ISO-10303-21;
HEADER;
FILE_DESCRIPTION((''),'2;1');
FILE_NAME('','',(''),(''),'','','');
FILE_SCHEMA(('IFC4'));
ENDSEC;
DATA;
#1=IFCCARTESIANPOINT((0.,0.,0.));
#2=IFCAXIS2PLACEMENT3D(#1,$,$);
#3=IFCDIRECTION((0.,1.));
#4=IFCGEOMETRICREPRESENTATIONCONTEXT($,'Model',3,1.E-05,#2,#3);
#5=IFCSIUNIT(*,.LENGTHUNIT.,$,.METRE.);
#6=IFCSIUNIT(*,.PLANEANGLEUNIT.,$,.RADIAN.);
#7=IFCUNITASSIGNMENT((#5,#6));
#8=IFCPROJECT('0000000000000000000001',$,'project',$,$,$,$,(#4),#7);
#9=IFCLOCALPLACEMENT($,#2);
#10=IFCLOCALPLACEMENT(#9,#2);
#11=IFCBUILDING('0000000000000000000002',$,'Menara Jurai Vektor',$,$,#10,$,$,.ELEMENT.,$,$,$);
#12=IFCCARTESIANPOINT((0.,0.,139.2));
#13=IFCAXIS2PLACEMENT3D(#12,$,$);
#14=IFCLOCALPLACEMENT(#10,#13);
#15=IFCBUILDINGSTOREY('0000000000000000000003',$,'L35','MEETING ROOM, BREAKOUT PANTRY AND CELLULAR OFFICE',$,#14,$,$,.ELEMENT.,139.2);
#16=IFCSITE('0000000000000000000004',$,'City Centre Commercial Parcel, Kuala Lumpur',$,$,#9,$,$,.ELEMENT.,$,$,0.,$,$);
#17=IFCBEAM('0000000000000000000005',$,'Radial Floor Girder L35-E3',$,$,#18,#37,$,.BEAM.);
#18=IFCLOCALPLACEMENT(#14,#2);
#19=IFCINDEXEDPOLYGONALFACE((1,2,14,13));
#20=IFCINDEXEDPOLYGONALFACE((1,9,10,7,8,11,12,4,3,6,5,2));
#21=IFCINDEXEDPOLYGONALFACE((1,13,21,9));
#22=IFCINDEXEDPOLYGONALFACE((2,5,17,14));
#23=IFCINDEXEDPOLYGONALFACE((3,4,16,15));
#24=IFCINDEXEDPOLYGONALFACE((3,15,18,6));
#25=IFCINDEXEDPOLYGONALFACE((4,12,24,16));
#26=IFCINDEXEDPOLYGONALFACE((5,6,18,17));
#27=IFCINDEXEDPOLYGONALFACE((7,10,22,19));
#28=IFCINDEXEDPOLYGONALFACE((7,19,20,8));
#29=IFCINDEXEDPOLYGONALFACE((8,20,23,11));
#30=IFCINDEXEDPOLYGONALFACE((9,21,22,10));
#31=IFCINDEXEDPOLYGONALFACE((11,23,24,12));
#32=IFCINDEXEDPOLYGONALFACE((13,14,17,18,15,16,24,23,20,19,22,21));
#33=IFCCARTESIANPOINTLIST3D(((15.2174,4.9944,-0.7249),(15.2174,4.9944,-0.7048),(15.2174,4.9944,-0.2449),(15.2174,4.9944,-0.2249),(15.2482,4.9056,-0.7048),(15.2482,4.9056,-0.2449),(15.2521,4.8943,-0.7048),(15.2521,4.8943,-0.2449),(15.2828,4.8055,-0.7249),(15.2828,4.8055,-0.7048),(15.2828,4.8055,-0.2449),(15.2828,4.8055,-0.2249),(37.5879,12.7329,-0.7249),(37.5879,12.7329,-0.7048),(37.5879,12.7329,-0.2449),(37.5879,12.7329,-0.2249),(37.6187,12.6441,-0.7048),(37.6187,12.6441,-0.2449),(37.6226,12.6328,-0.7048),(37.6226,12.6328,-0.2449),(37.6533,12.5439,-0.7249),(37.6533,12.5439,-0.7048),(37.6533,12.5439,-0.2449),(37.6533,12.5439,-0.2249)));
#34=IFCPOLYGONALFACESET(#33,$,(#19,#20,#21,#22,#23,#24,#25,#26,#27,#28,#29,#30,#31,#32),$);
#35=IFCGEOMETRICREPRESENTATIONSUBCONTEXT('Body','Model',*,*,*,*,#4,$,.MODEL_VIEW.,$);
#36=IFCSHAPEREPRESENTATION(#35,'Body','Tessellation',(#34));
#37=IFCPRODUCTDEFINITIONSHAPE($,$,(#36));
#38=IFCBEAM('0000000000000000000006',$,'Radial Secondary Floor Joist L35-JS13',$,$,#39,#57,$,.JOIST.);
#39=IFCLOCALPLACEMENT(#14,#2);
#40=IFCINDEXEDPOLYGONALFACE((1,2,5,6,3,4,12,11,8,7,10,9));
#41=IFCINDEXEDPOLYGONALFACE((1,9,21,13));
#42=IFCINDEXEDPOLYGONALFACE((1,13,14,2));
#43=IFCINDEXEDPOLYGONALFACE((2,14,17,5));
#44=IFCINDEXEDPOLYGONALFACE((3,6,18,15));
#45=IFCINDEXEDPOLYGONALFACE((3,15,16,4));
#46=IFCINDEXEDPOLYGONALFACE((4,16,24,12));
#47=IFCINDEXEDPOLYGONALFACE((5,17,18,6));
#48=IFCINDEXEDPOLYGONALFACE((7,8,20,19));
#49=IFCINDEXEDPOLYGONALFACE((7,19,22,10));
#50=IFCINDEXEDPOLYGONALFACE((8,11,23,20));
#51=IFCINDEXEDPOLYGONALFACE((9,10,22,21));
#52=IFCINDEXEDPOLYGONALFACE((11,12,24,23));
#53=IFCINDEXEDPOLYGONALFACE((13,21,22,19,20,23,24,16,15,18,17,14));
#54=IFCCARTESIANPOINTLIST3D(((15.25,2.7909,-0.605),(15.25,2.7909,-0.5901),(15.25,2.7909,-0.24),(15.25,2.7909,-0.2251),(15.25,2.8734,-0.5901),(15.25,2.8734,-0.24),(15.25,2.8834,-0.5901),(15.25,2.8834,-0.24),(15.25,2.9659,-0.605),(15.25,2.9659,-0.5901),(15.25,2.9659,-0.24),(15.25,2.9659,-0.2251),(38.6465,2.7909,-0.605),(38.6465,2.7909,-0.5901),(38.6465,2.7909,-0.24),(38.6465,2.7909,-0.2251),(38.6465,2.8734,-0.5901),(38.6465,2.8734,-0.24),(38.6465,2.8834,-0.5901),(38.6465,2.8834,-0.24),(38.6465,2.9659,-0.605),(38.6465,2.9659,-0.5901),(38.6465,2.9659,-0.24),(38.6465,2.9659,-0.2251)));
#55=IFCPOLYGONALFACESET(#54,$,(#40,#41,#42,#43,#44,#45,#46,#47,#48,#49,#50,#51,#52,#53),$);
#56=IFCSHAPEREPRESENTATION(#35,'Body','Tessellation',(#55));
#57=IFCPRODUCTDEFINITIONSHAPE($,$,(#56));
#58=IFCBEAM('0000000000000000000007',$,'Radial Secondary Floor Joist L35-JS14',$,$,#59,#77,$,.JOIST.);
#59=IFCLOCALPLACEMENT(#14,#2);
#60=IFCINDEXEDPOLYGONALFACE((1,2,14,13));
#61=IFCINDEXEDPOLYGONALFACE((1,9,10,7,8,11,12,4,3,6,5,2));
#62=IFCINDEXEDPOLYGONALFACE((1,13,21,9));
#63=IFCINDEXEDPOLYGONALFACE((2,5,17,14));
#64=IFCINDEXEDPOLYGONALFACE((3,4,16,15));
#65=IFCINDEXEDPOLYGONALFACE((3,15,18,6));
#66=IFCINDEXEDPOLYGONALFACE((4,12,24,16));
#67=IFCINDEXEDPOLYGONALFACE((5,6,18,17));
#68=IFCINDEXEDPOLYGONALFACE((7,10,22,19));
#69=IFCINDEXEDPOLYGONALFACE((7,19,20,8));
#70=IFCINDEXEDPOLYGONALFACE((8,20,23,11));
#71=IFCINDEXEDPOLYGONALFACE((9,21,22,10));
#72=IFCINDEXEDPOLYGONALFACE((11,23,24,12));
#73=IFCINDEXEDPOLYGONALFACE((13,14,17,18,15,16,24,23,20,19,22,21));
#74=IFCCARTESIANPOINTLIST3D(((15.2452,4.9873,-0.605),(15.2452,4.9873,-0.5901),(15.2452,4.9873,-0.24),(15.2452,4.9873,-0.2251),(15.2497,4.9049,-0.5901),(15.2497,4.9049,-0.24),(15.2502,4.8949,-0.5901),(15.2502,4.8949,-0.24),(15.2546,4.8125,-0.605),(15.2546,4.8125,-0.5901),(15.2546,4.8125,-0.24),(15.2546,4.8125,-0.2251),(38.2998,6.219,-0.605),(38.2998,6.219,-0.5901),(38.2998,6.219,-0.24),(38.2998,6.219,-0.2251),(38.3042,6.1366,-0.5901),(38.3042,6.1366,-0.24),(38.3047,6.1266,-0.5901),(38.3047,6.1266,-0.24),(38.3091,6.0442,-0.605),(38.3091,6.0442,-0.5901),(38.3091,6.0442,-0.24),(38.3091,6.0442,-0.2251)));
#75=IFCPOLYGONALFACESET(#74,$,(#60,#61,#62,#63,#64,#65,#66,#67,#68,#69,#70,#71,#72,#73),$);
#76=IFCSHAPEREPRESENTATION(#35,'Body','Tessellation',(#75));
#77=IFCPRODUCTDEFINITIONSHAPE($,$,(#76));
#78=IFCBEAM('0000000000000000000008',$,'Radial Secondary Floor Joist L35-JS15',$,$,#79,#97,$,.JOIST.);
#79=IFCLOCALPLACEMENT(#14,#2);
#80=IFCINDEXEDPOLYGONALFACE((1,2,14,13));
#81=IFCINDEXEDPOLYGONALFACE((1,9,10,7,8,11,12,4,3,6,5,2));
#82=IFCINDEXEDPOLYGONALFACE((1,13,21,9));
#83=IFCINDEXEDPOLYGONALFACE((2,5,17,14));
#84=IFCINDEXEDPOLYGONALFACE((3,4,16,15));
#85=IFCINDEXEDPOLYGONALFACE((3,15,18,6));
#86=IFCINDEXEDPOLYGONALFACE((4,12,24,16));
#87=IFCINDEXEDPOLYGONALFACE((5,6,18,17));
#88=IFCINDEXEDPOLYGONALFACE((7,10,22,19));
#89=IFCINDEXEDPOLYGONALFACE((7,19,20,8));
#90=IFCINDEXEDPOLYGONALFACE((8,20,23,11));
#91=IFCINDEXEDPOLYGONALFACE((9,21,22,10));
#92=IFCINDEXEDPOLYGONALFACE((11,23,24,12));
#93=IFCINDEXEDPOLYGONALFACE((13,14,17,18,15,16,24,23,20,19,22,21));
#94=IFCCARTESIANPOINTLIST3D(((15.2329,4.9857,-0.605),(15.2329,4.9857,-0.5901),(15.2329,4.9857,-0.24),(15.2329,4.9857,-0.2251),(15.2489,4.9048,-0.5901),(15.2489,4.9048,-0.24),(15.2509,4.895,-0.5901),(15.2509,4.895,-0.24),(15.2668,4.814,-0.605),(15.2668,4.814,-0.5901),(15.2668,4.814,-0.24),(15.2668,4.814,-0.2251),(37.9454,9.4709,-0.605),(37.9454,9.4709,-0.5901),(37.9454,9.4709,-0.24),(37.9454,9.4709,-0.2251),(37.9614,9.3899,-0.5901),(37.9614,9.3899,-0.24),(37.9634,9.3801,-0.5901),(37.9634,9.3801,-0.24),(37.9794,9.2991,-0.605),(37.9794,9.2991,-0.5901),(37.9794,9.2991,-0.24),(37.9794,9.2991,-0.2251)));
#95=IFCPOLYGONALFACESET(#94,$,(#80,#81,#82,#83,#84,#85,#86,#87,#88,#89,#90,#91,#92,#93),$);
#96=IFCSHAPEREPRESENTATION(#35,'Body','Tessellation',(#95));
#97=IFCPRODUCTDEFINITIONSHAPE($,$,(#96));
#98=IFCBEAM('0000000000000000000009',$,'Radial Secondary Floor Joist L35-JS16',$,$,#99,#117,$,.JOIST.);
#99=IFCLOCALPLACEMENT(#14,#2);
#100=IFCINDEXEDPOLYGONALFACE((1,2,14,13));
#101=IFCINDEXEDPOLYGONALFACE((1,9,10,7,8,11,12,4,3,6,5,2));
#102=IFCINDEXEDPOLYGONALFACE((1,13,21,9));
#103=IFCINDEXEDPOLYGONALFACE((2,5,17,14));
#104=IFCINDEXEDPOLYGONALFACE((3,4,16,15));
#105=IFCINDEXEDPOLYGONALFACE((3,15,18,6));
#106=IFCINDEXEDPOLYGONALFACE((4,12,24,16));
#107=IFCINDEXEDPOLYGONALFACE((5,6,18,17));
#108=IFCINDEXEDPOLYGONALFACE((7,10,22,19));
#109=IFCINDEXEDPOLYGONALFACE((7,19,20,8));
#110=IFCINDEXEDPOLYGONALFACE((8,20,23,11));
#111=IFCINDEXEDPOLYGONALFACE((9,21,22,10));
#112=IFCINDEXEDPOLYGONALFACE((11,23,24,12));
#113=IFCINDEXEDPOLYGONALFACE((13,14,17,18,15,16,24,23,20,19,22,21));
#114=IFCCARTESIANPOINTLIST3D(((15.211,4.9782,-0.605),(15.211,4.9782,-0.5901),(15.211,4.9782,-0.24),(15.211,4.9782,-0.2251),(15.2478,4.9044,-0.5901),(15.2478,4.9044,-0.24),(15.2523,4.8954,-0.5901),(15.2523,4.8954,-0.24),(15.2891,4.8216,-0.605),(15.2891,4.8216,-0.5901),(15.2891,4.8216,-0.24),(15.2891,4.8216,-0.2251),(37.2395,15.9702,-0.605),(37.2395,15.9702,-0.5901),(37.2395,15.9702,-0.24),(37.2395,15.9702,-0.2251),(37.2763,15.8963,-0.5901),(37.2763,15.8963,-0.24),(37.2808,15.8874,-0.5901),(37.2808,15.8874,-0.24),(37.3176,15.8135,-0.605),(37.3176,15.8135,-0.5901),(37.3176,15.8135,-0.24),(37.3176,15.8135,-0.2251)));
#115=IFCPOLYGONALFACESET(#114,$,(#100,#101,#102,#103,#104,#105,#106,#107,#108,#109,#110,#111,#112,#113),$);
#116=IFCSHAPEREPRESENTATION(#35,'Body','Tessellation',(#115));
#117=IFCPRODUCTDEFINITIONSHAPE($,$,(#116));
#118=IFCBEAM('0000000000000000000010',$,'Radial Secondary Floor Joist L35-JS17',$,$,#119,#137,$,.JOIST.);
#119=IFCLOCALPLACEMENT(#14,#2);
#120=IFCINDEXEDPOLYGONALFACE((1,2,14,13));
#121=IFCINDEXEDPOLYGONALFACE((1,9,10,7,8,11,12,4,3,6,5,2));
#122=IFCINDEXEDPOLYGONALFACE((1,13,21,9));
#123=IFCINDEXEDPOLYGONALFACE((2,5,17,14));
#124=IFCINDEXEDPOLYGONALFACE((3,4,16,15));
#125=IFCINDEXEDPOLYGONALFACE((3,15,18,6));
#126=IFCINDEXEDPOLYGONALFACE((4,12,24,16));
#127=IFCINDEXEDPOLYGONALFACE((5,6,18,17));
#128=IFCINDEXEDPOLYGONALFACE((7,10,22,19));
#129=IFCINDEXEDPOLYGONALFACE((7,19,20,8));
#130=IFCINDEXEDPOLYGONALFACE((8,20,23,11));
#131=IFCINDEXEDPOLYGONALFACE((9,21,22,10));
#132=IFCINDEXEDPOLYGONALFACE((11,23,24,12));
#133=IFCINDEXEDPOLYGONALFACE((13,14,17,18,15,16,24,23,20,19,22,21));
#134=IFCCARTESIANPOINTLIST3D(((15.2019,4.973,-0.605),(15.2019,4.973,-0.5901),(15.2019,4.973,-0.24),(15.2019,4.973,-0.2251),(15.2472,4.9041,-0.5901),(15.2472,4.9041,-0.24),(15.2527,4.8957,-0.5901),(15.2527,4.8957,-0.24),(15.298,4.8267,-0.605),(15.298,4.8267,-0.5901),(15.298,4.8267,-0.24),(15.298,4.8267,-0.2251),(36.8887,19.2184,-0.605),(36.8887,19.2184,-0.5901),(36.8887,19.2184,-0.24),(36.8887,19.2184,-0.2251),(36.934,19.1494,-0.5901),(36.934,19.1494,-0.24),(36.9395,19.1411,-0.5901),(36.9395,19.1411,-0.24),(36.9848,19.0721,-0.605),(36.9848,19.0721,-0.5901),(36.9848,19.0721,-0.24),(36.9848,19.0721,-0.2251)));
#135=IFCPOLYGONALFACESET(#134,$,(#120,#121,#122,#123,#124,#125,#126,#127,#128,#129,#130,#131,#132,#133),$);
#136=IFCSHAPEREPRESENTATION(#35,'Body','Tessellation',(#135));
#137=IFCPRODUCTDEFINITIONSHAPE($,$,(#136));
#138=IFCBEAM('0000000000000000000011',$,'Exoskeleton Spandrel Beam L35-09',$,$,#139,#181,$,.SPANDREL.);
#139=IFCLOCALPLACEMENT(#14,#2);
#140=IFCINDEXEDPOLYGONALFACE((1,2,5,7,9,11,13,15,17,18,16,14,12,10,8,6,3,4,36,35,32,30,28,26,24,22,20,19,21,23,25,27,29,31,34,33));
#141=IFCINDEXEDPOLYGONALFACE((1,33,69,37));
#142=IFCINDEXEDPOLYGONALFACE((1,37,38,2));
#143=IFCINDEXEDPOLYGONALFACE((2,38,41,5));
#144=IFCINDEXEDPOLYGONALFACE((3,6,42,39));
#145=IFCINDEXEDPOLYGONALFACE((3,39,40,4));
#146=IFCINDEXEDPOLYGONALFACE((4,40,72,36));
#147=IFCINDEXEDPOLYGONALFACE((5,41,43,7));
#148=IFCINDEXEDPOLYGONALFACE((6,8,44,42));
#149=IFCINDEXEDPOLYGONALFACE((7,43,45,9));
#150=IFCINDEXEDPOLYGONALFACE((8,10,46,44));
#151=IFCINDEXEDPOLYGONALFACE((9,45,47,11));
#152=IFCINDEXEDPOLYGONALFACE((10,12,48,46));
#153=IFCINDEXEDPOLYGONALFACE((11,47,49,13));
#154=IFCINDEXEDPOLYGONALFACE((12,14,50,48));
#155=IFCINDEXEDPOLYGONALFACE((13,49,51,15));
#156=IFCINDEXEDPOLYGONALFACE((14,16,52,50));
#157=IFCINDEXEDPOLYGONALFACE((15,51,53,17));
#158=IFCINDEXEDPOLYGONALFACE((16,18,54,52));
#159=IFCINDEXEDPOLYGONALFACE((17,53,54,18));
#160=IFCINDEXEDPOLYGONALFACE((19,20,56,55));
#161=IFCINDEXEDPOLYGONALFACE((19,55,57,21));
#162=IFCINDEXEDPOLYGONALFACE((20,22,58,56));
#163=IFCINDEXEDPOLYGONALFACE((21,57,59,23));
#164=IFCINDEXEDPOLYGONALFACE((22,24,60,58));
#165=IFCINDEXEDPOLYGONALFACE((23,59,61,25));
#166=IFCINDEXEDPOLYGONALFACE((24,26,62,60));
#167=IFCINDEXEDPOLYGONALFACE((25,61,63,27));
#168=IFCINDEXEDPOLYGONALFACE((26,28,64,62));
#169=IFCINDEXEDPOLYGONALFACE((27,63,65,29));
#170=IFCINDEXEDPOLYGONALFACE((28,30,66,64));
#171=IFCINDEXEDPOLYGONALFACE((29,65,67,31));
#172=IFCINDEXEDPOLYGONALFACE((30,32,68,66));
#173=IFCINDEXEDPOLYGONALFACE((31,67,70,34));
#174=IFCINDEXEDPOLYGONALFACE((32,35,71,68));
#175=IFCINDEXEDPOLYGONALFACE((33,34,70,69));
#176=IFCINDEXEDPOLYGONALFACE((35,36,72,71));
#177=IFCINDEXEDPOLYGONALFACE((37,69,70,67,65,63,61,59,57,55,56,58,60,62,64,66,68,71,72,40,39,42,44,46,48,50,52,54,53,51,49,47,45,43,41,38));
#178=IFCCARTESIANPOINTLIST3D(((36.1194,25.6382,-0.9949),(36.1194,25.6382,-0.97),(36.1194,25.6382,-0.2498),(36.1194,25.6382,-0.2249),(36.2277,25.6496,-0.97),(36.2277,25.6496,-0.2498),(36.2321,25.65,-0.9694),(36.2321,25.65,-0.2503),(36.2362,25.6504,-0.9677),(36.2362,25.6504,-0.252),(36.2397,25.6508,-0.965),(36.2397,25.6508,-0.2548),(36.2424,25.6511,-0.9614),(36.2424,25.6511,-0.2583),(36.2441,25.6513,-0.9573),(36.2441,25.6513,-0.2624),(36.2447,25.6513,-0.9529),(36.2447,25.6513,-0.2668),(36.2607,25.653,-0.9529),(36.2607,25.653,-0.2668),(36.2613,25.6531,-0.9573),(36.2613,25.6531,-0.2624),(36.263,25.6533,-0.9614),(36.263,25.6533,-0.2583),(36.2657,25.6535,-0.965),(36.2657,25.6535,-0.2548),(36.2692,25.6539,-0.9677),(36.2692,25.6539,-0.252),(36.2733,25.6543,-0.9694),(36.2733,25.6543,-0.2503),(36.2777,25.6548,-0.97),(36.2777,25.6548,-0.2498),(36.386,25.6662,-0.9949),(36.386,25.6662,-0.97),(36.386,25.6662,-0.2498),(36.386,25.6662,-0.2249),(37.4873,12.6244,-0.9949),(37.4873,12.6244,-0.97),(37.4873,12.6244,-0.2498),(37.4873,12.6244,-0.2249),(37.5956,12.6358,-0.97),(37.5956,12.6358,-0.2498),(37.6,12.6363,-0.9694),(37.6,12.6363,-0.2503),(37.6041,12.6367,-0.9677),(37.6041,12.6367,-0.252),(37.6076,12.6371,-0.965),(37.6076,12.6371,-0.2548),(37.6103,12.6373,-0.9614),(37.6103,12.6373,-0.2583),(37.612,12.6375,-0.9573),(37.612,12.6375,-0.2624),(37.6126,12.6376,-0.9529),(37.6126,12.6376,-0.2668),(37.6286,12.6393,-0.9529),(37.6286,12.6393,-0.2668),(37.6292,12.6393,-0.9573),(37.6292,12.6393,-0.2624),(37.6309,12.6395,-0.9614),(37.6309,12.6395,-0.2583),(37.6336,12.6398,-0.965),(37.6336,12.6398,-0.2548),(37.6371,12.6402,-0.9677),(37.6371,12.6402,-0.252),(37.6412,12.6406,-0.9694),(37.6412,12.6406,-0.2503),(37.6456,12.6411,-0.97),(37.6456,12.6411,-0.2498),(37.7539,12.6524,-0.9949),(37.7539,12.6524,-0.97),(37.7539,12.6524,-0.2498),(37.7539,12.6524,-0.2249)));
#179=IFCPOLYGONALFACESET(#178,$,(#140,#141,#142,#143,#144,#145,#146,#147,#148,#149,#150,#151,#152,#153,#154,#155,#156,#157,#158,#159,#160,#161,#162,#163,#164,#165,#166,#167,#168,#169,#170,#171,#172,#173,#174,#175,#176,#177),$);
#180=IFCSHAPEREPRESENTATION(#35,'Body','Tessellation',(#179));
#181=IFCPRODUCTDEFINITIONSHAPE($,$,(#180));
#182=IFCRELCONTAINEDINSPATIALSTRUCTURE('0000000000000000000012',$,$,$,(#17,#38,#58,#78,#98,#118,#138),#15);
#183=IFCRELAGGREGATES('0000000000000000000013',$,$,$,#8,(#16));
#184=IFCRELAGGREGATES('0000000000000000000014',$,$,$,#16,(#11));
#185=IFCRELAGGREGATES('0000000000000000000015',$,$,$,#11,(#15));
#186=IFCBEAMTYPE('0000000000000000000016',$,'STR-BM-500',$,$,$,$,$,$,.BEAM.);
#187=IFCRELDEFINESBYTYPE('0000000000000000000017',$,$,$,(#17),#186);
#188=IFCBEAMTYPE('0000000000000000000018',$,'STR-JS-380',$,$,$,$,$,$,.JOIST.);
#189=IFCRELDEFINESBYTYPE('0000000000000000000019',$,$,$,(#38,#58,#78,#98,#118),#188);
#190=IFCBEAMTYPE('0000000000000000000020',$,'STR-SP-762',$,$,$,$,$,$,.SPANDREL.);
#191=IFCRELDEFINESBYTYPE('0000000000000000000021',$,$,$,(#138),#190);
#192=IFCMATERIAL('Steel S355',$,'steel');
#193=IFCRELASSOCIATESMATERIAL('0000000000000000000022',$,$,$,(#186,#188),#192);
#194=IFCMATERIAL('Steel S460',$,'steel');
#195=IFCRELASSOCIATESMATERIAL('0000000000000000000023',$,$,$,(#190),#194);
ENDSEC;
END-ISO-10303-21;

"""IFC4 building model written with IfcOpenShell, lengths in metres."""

from ifc_helpers import new_model, si_unit, direction, frame, origin, origin_2d, place, context, subcontext, project, spatial, i_section, extrude, material, material_profile, profile_set, type_object, element, save


model = new_model("IFC4")

# Units and contexts
model_context = context("Model", 3, precision=1e-05, world=origin(), true_north=direction((0.0, 1.0)))
body_context = subcontext(model_context, "Body", "Model", "MODEL_VIEW")
ifc_project = project(units=[si_unit("LENGTHUNIT", "METRE"), si_unit("PLANEANGLEUNIT", "RADIAN")], contexts=[model_context])

# Site, building, storey
site_placement = place(None, origin())
site = spatial("IfcSite", under=ifc_project, at=site_placement, Name="City Centre Commercial Parcel, Kuala Lumpur", CompositionType="ELEMENT", RefElevation=0.0)
building_placement = place(site_placement, origin())
building = spatial("IfcBuilding", under=site, at=building_placement, Name="Menara Jurai Vektor", CompositionType="ELEMENT")
storey_placement = place(building_placement, frame((0.0, 0.0, 139.2)))
storey = spatial("IfcBuildingStorey", under=building, at=storey_placement, Name="L35", Description="MEETING ROOM, BREAKOUT PANTRY AND CELLULAR OFFICE", CompositionType="ELEMENT", Elevation=139.2)

# Shared definitions
ifc_material_1 = material(Name="Steel S460", Category="steel")

# Beams
ifc_material_2 = material(Name="Steel S355", Category="steel")
ifc_material_profile_1 = material_profile(ifc_material_2, i_section(OverallWidth=0.2, OverallDepth=0.5, WebThickness=0.012, FlangeThickness=0.02, at=origin_2d()), Name="PG 500x200x96")
ifc_profile_set_1 = profile_set([ifc_material_profile_1], Name="Steel S355")
beam_type_1 = type_object("IfcBeamType", Name="STR-BM-500", PredefinedType="BEAM", material=ifc_profile_set_1)
beam_1_placement = place(storey_placement, frame((37.6206, 12.6384, -0.4749), z_axis=(-0.945053, -0.326916, 0.0), x_axis=(0.326916, -0.945053, 0.0)))
element("IfcBeam", 1, at=beam_1_placement, inside=storey, type_object=beam_type_1, Name="Radial Floor Girder L35-E3", PredefinedType="BEAM", context=body_context, shape_type="SweptSolid", body=[
    extrude(i_section(OverallWidth=0.2, OverallDepth=0.5, WebThickness=0.012, FlangeThickness=0.02, at=origin_2d()), origin(), (0.0, 0.0, 1.0), 23.6711),
])
ifc_material_profile_2 = material_profile(ifc_material_2, i_section(OverallWidth=0.175, OverallDepth=0.3799, WebThickness=0.01, FlangeThickness=0.0149, at=origin_2d()), Name="PG 380x175x58")
ifc_profile_set_2 = profile_set([ifc_material_profile_2], Name="Steel S355")
beam_type_2 = type_object("IfcBeamType", Name="STR-JS-380", PredefinedType="JOIST", material=ifc_profile_set_2)
beam_2_placement = place(storey_placement, frame((38.6465, 2.8784, -0.415), z_axis=(-1.0, 0.0, 0.0), x_axis=(0.0, -1.0, 0.0)))
element("IfcBeam", 2, at=beam_2_placement, inside=storey, type_object=beam_type_2, Name="Radial Secondary Floor Joist L35-JS13", PredefinedType="JOIST", context=body_context, shape_type="SweptSolid", body=[
    extrude(i_section(OverallWidth=0.175, OverallDepth=0.3799, WebThickness=0.01, FlangeThickness=0.0149, at=origin_2d()), origin(), (0.0, 0.0, 1.0), 23.3965),
])
beam_3_placement = place(storey_placement, frame((38.3044, 6.1316, -0.415), z_axis=(-0.998576, -0.053349, 0.0), x_axis=(0.053349, -0.998576, 0.0)))
element("IfcBeam", 3, at=beam_3_placement, inside=storey, type_object=beam_type_2, Name="Radial Secondary Floor Joist L35-JS14", PredefinedType="JOIST", context=body_context, shape_type="SweptSolid", body=[
    extrude(i_section(OverallWidth=0.175, OverallDepth=0.3799, WebThickness=0.01, FlangeThickness=0.0149, at=origin_2d()), origin(), (0.0, 0.0, 1.0), 23.0874),
])
beam_4_placement = place(storey_placement, frame((37.9624, 9.385, -0.415), z_axis=(-0.981054, -0.193733, 0.0), x_axis=(0.193733, -0.981054, 0.0)))
element("IfcBeam", 4, at=beam_4_placement, inside=storey, type_object=beam_type_2, Name="Radial Secondary Floor Joist L35-JS15", PredefinedType="JOIST", context=body_context, shape_type="SweptSolid", body=[
    extrude(i_section(OverallWidth=0.175, OverallDepth=0.3799, WebThickness=0.01, FlangeThickness=0.0149, at=origin_2d()), origin(), (0.0, 0.0, 1.0), 23.1511),
])
beam_5_placement = place(storey_placement, frame((37.2786, 15.8918, -0.415), z_axis=(-0.89479, -0.446488, 0.0), x_axis=(0.446488, -0.89479, 0.0)))
element("IfcBeam", 5, at=beam_5_placement, inside=storey, type_object=beam_type_2, Name="Radial Secondary Floor Joist L35-JS16", PredefinedType="JOIST", context=body_context, shape_type="SweptSolid", body=[
    extrude(i_section(OverallWidth=0.175, OverallDepth=0.3799, WebThickness=0.01, FlangeThickness=0.0149, at=origin_2d()), origin(), (0.0, 0.0, 1.0), 24.6187),
])
beam_6_placement = place(storey_placement, frame((36.9368, 19.1453, -0.415), z_axis=(-0.835811, -0.549018, 0.0), x_axis=(0.549018, -0.835811, 0.0)))
element("IfcBeam", 6, at=beam_6_placement, inside=storey, type_object=beam_type_2, Name="Radial Secondary Floor Joist L35-JS17", PredefinedType="JOIST", context=body_context, shape_type="SweptSolid", body=[
    extrude(i_section(OverallWidth=0.175, OverallDepth=0.3799, WebThickness=0.01, FlangeThickness=0.0149, at=origin_2d()), origin(), (0.0, 0.0, 1.0), 25.947),
])
ifc_material_profile_3 = material_profile(ifc_material_1, i_section(OverallWidth=0.2681, OverallDepth=0.77, WebThickness=0.0161, FlangeThickness=0.0249, FilletRadius=0.0171, at=origin_2d()), Name="UKB 762x267x197")
ifc_profile_set_3 = profile_set([ifc_material_profile_3], Name="Steel S460")
beam_type_3 = type_object("IfcBeamType", Name="STR-SP-762", PredefinedType="SPANDREL", material=ifc_profile_set_3)
beam_7_placement = place(storey_placement, frame((37.6206, 12.6384, -0.6099), z_axis=(-0.104538, 0.994521, 0.0), x_axis=(-0.994521, -0.104538, 0.0)))
element("IfcBeam", 7, at=beam_7_placement, inside=storey, type_object=beam_type_3, Name="Exoskeleton Spandrel Beam L35-09", PredefinedType="SPANDREL", context=body_context, shape_type="SweptSolid", body=[
    extrude(i_section(OverallWidth=0.2681, OverallDepth=0.77, WebThickness=0.0161, FlangeThickness=0.0249, FilletRadius=0.0171, at=origin_2d()), origin(), (0.0, 0.0, 1.0), 13.0854),
])

save(model, "model.ifc")
